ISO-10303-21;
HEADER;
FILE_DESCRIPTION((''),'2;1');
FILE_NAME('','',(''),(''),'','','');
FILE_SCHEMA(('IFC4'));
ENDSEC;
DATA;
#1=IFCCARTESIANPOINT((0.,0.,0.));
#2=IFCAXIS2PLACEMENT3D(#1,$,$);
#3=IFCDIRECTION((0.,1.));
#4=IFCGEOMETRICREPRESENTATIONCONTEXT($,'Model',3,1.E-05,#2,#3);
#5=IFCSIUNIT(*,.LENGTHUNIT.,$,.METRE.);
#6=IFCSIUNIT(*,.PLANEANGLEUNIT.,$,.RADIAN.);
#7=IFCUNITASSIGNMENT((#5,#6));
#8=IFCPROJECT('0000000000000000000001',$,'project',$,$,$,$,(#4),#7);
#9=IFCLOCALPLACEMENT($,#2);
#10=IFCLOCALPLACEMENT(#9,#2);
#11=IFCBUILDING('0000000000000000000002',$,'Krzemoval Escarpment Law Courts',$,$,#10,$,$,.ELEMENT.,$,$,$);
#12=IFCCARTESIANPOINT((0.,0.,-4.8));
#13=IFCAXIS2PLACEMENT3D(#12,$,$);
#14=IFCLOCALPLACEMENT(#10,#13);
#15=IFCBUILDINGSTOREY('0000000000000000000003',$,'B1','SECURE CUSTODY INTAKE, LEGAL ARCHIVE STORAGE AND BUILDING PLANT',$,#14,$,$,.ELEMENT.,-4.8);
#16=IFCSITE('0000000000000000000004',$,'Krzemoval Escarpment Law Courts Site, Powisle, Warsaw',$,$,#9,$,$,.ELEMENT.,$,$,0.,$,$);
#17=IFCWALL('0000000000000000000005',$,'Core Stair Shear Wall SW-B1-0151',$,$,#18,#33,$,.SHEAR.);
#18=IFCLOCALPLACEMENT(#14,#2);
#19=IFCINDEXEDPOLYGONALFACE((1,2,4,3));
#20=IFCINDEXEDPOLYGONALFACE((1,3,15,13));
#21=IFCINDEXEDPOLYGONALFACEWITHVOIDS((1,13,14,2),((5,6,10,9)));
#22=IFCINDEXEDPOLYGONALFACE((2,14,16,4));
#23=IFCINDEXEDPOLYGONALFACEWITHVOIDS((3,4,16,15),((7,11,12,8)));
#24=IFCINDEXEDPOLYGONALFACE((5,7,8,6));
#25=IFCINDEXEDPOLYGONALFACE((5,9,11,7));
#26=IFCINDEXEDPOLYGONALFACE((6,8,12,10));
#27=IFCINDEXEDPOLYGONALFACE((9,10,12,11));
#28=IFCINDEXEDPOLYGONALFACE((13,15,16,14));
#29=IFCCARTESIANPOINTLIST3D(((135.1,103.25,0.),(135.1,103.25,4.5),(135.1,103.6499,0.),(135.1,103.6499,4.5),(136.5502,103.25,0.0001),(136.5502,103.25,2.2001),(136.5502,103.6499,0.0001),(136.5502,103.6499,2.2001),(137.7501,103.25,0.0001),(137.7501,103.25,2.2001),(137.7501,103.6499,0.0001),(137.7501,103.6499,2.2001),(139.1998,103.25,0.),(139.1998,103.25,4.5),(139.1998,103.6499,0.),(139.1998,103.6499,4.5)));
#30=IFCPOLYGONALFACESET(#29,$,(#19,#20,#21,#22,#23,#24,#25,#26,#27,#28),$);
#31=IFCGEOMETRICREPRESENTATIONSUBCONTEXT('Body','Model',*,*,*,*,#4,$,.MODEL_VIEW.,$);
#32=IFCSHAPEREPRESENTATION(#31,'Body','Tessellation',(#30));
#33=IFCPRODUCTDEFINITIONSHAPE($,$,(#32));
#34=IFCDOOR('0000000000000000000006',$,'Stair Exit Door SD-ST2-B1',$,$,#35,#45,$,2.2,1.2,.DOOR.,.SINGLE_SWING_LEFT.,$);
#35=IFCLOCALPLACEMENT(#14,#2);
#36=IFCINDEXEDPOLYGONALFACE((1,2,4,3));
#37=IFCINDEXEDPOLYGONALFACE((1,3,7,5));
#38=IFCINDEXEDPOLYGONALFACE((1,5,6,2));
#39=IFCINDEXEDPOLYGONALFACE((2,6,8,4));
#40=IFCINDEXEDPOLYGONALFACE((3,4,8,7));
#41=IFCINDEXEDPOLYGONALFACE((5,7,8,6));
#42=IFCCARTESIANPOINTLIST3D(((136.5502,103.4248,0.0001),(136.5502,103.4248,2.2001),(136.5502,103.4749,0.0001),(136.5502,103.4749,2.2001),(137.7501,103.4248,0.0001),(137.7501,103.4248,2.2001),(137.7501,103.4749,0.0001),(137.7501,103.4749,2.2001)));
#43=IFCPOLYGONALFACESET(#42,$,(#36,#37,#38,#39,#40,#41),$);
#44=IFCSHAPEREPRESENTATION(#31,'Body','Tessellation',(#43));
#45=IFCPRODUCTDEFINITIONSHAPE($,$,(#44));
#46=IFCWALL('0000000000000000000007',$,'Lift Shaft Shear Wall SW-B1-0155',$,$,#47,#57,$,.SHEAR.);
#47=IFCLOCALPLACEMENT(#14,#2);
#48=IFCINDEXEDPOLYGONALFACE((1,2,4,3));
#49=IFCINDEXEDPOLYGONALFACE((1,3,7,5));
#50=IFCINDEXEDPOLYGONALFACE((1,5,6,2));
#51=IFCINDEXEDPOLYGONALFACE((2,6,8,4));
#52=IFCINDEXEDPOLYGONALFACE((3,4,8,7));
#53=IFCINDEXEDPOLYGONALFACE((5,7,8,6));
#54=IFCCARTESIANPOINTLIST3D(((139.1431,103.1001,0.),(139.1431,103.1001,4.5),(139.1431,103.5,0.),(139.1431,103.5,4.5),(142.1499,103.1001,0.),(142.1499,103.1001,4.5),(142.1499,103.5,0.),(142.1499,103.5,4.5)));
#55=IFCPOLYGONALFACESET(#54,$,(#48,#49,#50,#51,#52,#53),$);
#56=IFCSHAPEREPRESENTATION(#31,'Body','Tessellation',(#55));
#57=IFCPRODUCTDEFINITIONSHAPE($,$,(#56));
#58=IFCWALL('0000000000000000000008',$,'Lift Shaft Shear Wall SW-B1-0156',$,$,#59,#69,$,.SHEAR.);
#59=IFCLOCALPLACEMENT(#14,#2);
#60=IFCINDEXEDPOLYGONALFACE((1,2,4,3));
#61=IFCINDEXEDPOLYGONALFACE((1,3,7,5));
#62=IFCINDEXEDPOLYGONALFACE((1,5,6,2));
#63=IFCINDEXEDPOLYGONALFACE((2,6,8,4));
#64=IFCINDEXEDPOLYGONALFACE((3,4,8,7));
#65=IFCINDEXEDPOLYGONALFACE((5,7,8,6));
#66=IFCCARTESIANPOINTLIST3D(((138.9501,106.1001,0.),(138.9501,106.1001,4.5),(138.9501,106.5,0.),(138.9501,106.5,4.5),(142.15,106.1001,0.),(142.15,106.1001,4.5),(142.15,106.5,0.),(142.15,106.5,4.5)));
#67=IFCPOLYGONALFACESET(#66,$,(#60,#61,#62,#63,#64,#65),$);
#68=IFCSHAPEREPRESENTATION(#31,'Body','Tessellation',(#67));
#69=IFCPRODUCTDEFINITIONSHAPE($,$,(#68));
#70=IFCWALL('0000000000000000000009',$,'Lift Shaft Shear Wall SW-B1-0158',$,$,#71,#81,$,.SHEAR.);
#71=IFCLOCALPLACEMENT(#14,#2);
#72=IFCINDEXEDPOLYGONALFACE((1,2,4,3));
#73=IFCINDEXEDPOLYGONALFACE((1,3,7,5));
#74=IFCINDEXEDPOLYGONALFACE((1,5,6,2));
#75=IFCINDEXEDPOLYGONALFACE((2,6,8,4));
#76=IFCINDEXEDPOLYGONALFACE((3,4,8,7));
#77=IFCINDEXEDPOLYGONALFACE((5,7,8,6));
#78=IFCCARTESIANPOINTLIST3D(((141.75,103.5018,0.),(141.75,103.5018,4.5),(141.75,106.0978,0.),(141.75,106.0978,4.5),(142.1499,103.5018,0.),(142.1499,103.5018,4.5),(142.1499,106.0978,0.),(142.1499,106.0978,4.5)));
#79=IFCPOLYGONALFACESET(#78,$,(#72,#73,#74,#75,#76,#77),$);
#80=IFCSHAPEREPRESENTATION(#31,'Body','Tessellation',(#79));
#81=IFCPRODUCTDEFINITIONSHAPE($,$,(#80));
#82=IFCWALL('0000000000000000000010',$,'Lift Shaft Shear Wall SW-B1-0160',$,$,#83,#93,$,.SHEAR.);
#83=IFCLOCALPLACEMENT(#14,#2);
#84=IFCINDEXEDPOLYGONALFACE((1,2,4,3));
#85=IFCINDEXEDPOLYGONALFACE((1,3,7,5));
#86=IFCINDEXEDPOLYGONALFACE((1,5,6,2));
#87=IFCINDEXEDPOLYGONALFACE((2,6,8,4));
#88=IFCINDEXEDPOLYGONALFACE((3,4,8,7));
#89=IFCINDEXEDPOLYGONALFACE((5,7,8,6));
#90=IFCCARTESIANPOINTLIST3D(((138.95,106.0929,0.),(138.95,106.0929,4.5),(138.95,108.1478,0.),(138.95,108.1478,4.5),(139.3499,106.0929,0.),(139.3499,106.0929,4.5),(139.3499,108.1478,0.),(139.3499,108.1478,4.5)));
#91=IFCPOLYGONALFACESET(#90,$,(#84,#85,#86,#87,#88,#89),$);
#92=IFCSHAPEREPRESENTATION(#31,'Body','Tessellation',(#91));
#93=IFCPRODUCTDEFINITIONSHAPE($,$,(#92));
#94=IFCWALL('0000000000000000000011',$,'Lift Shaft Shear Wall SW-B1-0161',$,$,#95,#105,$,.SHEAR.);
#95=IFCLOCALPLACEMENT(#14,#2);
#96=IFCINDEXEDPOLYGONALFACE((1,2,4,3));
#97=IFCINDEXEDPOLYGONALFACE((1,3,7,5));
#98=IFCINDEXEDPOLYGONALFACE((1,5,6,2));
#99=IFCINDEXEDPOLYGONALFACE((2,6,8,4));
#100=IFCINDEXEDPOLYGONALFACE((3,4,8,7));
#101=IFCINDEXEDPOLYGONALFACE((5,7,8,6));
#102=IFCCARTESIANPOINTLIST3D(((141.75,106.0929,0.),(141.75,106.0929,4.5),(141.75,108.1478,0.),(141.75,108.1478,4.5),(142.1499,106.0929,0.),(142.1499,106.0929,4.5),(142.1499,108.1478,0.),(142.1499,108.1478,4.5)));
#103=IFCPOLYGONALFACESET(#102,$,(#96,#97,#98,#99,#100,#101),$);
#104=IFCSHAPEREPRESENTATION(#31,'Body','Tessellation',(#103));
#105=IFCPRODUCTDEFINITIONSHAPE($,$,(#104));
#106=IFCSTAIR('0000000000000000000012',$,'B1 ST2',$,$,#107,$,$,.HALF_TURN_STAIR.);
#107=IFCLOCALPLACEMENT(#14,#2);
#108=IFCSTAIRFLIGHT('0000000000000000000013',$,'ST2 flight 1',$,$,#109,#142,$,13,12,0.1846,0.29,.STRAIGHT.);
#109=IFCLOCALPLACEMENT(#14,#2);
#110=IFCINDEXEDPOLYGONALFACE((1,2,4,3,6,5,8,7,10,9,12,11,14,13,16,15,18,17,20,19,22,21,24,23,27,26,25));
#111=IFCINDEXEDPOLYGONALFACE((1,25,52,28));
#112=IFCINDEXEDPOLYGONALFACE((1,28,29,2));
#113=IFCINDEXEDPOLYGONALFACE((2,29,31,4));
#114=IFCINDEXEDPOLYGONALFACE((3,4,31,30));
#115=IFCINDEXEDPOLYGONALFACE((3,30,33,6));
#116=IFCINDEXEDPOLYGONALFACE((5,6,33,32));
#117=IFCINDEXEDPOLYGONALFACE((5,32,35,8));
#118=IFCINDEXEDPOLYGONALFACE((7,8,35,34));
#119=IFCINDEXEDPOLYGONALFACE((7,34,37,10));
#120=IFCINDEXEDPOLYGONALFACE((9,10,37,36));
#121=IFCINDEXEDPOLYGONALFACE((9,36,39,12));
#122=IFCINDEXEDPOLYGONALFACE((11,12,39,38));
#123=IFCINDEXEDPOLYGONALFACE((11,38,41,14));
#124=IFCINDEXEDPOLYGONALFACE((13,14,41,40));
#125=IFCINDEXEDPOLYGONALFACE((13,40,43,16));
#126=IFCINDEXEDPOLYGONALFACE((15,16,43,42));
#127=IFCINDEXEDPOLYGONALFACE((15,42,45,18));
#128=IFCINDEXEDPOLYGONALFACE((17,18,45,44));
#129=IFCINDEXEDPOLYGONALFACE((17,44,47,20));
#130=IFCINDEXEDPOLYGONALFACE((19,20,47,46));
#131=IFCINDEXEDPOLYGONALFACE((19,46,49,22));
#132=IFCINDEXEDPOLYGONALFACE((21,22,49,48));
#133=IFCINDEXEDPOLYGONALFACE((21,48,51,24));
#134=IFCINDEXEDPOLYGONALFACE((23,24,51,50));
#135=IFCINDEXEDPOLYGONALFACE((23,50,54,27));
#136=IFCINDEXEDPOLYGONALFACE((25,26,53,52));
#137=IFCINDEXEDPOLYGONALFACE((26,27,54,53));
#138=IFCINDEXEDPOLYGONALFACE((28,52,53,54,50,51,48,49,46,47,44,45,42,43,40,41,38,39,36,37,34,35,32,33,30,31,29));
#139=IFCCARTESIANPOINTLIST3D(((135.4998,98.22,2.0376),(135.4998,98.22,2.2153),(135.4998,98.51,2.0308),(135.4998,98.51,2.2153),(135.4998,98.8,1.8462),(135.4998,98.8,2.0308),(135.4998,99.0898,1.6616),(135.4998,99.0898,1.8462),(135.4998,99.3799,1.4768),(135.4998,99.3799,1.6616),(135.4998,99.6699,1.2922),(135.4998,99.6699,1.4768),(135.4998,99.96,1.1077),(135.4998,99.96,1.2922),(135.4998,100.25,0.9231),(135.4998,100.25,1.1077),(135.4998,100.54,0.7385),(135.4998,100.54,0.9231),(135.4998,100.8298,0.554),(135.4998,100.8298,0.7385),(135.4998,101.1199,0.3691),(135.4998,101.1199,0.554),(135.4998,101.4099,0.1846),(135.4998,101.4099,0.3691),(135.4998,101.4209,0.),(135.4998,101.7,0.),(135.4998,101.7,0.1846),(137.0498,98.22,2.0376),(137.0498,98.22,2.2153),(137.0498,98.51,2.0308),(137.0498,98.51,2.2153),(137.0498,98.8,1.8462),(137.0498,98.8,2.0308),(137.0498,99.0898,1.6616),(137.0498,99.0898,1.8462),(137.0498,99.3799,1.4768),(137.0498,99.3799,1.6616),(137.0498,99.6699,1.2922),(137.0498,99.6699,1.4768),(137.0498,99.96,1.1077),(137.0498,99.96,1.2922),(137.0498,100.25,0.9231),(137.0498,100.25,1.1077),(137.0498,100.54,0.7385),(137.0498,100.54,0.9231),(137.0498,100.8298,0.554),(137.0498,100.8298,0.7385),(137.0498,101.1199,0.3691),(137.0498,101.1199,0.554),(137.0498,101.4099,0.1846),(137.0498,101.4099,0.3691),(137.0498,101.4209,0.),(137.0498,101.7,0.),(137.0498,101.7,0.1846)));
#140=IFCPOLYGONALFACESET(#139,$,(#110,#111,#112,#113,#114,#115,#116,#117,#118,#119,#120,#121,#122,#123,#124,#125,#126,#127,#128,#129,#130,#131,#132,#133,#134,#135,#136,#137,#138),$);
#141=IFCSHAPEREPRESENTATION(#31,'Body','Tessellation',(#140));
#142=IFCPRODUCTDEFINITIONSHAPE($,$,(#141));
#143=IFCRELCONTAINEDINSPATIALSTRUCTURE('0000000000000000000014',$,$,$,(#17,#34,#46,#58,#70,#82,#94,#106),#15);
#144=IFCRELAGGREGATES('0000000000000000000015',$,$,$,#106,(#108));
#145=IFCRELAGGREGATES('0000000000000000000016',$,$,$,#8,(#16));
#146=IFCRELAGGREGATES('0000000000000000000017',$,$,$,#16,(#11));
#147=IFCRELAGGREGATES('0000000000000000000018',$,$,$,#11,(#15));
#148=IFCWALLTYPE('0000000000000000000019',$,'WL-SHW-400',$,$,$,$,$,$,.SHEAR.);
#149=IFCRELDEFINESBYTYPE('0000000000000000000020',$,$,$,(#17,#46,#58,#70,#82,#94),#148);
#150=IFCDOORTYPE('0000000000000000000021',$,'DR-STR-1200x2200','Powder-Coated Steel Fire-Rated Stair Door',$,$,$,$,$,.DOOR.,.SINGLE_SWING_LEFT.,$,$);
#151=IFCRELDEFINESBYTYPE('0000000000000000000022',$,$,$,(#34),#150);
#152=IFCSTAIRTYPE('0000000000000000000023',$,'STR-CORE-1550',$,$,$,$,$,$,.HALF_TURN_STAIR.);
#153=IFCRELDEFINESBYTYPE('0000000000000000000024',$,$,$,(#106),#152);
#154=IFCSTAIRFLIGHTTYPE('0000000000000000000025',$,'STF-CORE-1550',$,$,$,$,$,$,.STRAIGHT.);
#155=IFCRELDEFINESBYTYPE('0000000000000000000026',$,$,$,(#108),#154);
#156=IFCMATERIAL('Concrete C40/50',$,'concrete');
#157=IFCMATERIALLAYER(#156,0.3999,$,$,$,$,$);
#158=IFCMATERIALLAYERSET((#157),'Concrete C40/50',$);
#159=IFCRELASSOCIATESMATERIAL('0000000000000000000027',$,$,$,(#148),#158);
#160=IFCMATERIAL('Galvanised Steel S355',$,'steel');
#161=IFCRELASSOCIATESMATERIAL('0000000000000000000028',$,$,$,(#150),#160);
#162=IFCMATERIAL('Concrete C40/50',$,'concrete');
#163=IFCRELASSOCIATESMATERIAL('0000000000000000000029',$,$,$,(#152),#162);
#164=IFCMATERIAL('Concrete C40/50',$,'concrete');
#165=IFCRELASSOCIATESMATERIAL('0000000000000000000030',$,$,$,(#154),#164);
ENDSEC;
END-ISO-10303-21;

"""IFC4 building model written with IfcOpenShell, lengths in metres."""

from ifc_helpers import new_model, si_unit, direction, frame, frame_2d, origin, place, context, subcontext, project, spatial, polyline, rectangle, outline, extrude, material, layer, layer_set, type_object, element, fill, aggregate, save


model = new_model("IFC4")

# Units and contexts
model_context = context("Model", 3, precision=1e-05, world=origin(), true_north=direction((0.0, 1.0)))
body_context = subcontext(model_context, "Body", "Model", "MODEL_VIEW")
ifc_project = project(units=[si_unit("LENGTHUNIT", "METRE"), si_unit("PLANEANGLEUNIT", "RADIAN")], contexts=[model_context])

# Site, building, storey
site_placement = place(None, origin())
site = spatial("IfcSite", under=ifc_project, at=site_placement, Name="Krzemoval Escarpment Law Courts Site, Powisle, Warsaw", CompositionType="ELEMENT", RefElevation=0.0)
building_placement = place(site_placement, origin())
building = spatial("IfcBuilding", under=site, at=building_placement, Name="Krzemoval Escarpment Law Courts", CompositionType="ELEMENT")
storey_placement = place(building_placement, frame((0.0, 0.0, -4.8)))
storey = spatial("IfcBuildingStorey", under=building, at=storey_placement, Name="B1", Description="SECURE CUSTODY INTAKE, LEGAL ARCHIVE STORAGE AND BUILDING PLANT", CompositionType="ELEMENT", Elevation=-4.8)

# Wall, opening, door
ifc_material_1 = material(Name="Concrete C40/50", Category="concrete")
ifc_layer_1 = layer(ifc_material_1, 0.3999)
ifc_layer_set_1 = layer_set([ifc_layer_1], Name="Concrete C40/50")
wall_type_1 = type_object("IfcWallType", Name="WL-SHW-400", PredefinedType="SHEAR", material=ifc_layer_set_1)
wall_1_placement = place(storey_placement, frame((135.1001, 103.45, 0.0), z_axis=(0.0, 0.0, 1.0), x_axis=(1.0, 0.0, 0.0)))
wall_1 = element("IfcWall", 1, at=wall_1_placement, inside=storey, type_object=wall_type_1, Name="Core Stair Shear Wall SW-B1-0151", PredefinedType="SHEAR", context=body_context, shape_type="SweptSolid", body=[
    extrude(rectangle(XDim=4.0999, YDim=0.3999, at=frame_2d((2.0498, 0.0))), origin(), (0.0, 0.0, 1.0), 4.5),
])
opening_1_placement = place(wall_1_placement, frame((1.45, 0.0, 0.0)))
opening_1 = element("IfcOpeningElement", 2, at=opening_1_placement, cuts=wall_1, PredefinedType="OPENING", context=body_context, shape_type="SweptSolid", body=[
    extrude(rectangle(XDim=1.2, YDim=2.2, at=frame_2d((0.6001, 1.1001))), frame((0.0, 0.215, 0.0), z_axis=(0.0, -1.0, 0.0), x_axis=(1.0, 0.0, 0.0)), (0.0, 0.0, 1.0), 0.4299),
])
ifc_material_2 = material(Name="Galvanised Steel S355", Category="steel")
door_type_1 = type_object("IfcDoorType", Name="DR-STR-1200x2200", Description="Powder-Coated Steel Fire-Rated Stair Door", OperationType="SINGLE_SWING_LEFT", PredefinedType="DOOR", material=ifc_material_2)
door_1_placement = place(opening_1_placement, origin())
door_1 = element("IfcDoor", 3, at=door_1_placement, inside=storey, type_object=door_type_1, Name="Stair Exit Door SD-ST2-B1", OperationType="SINGLE_SWING_LEFT", OverallHeight=2.2, OverallWidth=1.2, PredefinedType="DOOR", context=body_context, shape_type="SweptSolid", body=[
    extrude(rectangle(XDim=1.2, YDim=2.2, at=frame_2d((0.6001, 1.1001))), frame((0.0, 0.0249, 0.0), z_axis=(0.0, -1.0, 0.0), x_axis=(1.0, 0.0, 0.0)), (0.0, 0.0, 1.0), 0.05),
])
fill(opening_1, door_1)

# Walls
wall_2_placement = place(storey_placement, frame((139.1431, 103.3, 0.0), z_axis=(0.0, 0.0, 1.0), x_axis=(1.0, 0.0, 0.0)))
element("IfcWall", 4, at=wall_2_placement, inside=storey, type_object=wall_type_1, Name="Lift Shaft Shear Wall SW-B1-0155", PredefinedType="SHEAR", context=body_context, shape_type="SweptSolid", body=[
    extrude(rectangle(XDim=3.0068, YDim=0.3999, at=frame_2d((1.5034, 0.0))), origin(), (0.0, 0.0, 1.0), 4.5),
])
wall_3_placement = place(storey_placement, frame((138.95, 106.3, 0.0), z_axis=(0.0, 0.0, 1.0), x_axis=(1.0, 0.0, 0.0)))
element("IfcWall", 5, at=wall_3_placement, inside=storey, type_object=wall_type_1, Name="Lift Shaft Shear Wall SW-B1-0156", PredefinedType="SHEAR", context=body_context, shape_type="SweptSolid", body=[
    extrude(rectangle(XDim=3.2, YDim=0.3999, at=frame_2d((1.6001, 0.0))), origin(), (0.0, 0.0, 1.0), 4.5),
])

# Walls
wall_4_placement = place(storey_placement, frame((141.95, 103.502, 0.0), z_axis=(0.0, 0.0, 1.0), x_axis=(0.0, 1.0, 0.0)))
element("IfcWall", 6, at=wall_4_placement, inside=storey, type_object=wall_type_1, Name="Lift Shaft Shear Wall SW-B1-0158", PredefinedType="SHEAR", context=body_context, shape_type="SweptSolid", body=[
    extrude(rectangle(XDim=2.5959, YDim=0.3999, at=frame_2d((1.2979, 0.0))), origin(), (0.0, 0.0, 1.0), 4.5),
])
for number, where, z_axis, x_axis, name in (
    (7, (139.1499, 106.093, 0.0), (0.0, 0.0, 1.0), (0.0, 1.0, 0.0), "Lift Shaft Shear Wall SW-B1-0160"),
    (8, (141.95, 106.093, 0.0), (0.0, 0.0, 1.0), (0.0, 1.0, 0.0), "Lift Shaft Shear Wall SW-B1-0161"),
):
    element("IfcWall", number, at=place(storey_placement, frame(where, z_axis=z_axis, x_axis=x_axis)), inside=storey, type_object=wall_type_1, Name=name, PredefinedType="SHEAR", context=body_context, shape_type="SweptSolid", body=[
        extrude(rectangle(XDim=2.0549, YDim=0.3999, at=frame_2d((1.0273, 0.0))), origin(), (0.0, 0.0, 1.0), 4.5),
    ])

# Stair, stair flight
ifc_material_3 = material(Name="Concrete C40/50", Category="concrete")
stair_type = type_object("IfcStairType", Name="STR-CORE-1550", PredefinedType="HALF_TURN_STAIR", material=ifc_material_3)
stair_placement = place(storey_placement, origin())
stair = element("IfcStair", 9, at=stair_placement, inside=storey, type_object=stair_type, Name="B1 ST2", PredefinedType="HALF_TURN_STAIR")
ifc_material_4 = material(Name="Concrete C40/50", Category="concrete")
stair_flight_type = type_object("IfcStairFlightType", Name="STF-CORE-1550", PredefinedType="STRAIGHT", material=ifc_material_4)
stair_flight_placement = place(storey_placement, frame((136.2749, 101.7, 0.0), z_axis=(0.0, 0.0, 1.0), x_axis=(0.0, -1.0, 0.0)))
stair_flight = element("IfcStairFlight", 10, at=stair_flight_placement, type_object=stair_flight_type, Name="ST2 flight 1", NumberOfRisers=13, NumberOfTreads=12, PredefinedType="STRAIGHT", RiserHeight=0.1846, TreadLength=0.29, context=body_context, shape_type="SweptSolid", body=[
    extrude(outline(polyline([(0.0, 0.0), (0.0, 0.1846), (0.29, 0.1846), (0.29, 0.3691), (0.5801, 0.3691), (0.5801, 0.554), (0.8701, 0.554), (0.8701, 0.7385), (1.1599, 0.7385), (1.1599, 0.9231), (1.45, 0.9231), (1.45, 1.1077), (1.74, 1.1077), (1.74, 1.2922), (2.03, 1.2922), (2.03, 1.4768), (2.3201, 1.4768), (2.3201, 1.6616), (2.6101, 1.6616), (2.6101, 1.8462), (2.8999, 1.8462), (2.8999, 2.0308), (3.1899, 2.0308), (3.1899, 2.2153), (3.48, 2.2153), (3.48, 2.3999), (3.48, 2.0376), (0.2791, 0.0), (0.0, 0.0)])), frame((0.0, 0.7749, 0.0), z_axis=(0.0, -1.0, 0.0), x_axis=(1.0, 0.0, 0.0)), (0.0, 0.0, 1.0), 1.55),
])
aggregate(stair, [stair_flight])

save(model, "model.ifc")
